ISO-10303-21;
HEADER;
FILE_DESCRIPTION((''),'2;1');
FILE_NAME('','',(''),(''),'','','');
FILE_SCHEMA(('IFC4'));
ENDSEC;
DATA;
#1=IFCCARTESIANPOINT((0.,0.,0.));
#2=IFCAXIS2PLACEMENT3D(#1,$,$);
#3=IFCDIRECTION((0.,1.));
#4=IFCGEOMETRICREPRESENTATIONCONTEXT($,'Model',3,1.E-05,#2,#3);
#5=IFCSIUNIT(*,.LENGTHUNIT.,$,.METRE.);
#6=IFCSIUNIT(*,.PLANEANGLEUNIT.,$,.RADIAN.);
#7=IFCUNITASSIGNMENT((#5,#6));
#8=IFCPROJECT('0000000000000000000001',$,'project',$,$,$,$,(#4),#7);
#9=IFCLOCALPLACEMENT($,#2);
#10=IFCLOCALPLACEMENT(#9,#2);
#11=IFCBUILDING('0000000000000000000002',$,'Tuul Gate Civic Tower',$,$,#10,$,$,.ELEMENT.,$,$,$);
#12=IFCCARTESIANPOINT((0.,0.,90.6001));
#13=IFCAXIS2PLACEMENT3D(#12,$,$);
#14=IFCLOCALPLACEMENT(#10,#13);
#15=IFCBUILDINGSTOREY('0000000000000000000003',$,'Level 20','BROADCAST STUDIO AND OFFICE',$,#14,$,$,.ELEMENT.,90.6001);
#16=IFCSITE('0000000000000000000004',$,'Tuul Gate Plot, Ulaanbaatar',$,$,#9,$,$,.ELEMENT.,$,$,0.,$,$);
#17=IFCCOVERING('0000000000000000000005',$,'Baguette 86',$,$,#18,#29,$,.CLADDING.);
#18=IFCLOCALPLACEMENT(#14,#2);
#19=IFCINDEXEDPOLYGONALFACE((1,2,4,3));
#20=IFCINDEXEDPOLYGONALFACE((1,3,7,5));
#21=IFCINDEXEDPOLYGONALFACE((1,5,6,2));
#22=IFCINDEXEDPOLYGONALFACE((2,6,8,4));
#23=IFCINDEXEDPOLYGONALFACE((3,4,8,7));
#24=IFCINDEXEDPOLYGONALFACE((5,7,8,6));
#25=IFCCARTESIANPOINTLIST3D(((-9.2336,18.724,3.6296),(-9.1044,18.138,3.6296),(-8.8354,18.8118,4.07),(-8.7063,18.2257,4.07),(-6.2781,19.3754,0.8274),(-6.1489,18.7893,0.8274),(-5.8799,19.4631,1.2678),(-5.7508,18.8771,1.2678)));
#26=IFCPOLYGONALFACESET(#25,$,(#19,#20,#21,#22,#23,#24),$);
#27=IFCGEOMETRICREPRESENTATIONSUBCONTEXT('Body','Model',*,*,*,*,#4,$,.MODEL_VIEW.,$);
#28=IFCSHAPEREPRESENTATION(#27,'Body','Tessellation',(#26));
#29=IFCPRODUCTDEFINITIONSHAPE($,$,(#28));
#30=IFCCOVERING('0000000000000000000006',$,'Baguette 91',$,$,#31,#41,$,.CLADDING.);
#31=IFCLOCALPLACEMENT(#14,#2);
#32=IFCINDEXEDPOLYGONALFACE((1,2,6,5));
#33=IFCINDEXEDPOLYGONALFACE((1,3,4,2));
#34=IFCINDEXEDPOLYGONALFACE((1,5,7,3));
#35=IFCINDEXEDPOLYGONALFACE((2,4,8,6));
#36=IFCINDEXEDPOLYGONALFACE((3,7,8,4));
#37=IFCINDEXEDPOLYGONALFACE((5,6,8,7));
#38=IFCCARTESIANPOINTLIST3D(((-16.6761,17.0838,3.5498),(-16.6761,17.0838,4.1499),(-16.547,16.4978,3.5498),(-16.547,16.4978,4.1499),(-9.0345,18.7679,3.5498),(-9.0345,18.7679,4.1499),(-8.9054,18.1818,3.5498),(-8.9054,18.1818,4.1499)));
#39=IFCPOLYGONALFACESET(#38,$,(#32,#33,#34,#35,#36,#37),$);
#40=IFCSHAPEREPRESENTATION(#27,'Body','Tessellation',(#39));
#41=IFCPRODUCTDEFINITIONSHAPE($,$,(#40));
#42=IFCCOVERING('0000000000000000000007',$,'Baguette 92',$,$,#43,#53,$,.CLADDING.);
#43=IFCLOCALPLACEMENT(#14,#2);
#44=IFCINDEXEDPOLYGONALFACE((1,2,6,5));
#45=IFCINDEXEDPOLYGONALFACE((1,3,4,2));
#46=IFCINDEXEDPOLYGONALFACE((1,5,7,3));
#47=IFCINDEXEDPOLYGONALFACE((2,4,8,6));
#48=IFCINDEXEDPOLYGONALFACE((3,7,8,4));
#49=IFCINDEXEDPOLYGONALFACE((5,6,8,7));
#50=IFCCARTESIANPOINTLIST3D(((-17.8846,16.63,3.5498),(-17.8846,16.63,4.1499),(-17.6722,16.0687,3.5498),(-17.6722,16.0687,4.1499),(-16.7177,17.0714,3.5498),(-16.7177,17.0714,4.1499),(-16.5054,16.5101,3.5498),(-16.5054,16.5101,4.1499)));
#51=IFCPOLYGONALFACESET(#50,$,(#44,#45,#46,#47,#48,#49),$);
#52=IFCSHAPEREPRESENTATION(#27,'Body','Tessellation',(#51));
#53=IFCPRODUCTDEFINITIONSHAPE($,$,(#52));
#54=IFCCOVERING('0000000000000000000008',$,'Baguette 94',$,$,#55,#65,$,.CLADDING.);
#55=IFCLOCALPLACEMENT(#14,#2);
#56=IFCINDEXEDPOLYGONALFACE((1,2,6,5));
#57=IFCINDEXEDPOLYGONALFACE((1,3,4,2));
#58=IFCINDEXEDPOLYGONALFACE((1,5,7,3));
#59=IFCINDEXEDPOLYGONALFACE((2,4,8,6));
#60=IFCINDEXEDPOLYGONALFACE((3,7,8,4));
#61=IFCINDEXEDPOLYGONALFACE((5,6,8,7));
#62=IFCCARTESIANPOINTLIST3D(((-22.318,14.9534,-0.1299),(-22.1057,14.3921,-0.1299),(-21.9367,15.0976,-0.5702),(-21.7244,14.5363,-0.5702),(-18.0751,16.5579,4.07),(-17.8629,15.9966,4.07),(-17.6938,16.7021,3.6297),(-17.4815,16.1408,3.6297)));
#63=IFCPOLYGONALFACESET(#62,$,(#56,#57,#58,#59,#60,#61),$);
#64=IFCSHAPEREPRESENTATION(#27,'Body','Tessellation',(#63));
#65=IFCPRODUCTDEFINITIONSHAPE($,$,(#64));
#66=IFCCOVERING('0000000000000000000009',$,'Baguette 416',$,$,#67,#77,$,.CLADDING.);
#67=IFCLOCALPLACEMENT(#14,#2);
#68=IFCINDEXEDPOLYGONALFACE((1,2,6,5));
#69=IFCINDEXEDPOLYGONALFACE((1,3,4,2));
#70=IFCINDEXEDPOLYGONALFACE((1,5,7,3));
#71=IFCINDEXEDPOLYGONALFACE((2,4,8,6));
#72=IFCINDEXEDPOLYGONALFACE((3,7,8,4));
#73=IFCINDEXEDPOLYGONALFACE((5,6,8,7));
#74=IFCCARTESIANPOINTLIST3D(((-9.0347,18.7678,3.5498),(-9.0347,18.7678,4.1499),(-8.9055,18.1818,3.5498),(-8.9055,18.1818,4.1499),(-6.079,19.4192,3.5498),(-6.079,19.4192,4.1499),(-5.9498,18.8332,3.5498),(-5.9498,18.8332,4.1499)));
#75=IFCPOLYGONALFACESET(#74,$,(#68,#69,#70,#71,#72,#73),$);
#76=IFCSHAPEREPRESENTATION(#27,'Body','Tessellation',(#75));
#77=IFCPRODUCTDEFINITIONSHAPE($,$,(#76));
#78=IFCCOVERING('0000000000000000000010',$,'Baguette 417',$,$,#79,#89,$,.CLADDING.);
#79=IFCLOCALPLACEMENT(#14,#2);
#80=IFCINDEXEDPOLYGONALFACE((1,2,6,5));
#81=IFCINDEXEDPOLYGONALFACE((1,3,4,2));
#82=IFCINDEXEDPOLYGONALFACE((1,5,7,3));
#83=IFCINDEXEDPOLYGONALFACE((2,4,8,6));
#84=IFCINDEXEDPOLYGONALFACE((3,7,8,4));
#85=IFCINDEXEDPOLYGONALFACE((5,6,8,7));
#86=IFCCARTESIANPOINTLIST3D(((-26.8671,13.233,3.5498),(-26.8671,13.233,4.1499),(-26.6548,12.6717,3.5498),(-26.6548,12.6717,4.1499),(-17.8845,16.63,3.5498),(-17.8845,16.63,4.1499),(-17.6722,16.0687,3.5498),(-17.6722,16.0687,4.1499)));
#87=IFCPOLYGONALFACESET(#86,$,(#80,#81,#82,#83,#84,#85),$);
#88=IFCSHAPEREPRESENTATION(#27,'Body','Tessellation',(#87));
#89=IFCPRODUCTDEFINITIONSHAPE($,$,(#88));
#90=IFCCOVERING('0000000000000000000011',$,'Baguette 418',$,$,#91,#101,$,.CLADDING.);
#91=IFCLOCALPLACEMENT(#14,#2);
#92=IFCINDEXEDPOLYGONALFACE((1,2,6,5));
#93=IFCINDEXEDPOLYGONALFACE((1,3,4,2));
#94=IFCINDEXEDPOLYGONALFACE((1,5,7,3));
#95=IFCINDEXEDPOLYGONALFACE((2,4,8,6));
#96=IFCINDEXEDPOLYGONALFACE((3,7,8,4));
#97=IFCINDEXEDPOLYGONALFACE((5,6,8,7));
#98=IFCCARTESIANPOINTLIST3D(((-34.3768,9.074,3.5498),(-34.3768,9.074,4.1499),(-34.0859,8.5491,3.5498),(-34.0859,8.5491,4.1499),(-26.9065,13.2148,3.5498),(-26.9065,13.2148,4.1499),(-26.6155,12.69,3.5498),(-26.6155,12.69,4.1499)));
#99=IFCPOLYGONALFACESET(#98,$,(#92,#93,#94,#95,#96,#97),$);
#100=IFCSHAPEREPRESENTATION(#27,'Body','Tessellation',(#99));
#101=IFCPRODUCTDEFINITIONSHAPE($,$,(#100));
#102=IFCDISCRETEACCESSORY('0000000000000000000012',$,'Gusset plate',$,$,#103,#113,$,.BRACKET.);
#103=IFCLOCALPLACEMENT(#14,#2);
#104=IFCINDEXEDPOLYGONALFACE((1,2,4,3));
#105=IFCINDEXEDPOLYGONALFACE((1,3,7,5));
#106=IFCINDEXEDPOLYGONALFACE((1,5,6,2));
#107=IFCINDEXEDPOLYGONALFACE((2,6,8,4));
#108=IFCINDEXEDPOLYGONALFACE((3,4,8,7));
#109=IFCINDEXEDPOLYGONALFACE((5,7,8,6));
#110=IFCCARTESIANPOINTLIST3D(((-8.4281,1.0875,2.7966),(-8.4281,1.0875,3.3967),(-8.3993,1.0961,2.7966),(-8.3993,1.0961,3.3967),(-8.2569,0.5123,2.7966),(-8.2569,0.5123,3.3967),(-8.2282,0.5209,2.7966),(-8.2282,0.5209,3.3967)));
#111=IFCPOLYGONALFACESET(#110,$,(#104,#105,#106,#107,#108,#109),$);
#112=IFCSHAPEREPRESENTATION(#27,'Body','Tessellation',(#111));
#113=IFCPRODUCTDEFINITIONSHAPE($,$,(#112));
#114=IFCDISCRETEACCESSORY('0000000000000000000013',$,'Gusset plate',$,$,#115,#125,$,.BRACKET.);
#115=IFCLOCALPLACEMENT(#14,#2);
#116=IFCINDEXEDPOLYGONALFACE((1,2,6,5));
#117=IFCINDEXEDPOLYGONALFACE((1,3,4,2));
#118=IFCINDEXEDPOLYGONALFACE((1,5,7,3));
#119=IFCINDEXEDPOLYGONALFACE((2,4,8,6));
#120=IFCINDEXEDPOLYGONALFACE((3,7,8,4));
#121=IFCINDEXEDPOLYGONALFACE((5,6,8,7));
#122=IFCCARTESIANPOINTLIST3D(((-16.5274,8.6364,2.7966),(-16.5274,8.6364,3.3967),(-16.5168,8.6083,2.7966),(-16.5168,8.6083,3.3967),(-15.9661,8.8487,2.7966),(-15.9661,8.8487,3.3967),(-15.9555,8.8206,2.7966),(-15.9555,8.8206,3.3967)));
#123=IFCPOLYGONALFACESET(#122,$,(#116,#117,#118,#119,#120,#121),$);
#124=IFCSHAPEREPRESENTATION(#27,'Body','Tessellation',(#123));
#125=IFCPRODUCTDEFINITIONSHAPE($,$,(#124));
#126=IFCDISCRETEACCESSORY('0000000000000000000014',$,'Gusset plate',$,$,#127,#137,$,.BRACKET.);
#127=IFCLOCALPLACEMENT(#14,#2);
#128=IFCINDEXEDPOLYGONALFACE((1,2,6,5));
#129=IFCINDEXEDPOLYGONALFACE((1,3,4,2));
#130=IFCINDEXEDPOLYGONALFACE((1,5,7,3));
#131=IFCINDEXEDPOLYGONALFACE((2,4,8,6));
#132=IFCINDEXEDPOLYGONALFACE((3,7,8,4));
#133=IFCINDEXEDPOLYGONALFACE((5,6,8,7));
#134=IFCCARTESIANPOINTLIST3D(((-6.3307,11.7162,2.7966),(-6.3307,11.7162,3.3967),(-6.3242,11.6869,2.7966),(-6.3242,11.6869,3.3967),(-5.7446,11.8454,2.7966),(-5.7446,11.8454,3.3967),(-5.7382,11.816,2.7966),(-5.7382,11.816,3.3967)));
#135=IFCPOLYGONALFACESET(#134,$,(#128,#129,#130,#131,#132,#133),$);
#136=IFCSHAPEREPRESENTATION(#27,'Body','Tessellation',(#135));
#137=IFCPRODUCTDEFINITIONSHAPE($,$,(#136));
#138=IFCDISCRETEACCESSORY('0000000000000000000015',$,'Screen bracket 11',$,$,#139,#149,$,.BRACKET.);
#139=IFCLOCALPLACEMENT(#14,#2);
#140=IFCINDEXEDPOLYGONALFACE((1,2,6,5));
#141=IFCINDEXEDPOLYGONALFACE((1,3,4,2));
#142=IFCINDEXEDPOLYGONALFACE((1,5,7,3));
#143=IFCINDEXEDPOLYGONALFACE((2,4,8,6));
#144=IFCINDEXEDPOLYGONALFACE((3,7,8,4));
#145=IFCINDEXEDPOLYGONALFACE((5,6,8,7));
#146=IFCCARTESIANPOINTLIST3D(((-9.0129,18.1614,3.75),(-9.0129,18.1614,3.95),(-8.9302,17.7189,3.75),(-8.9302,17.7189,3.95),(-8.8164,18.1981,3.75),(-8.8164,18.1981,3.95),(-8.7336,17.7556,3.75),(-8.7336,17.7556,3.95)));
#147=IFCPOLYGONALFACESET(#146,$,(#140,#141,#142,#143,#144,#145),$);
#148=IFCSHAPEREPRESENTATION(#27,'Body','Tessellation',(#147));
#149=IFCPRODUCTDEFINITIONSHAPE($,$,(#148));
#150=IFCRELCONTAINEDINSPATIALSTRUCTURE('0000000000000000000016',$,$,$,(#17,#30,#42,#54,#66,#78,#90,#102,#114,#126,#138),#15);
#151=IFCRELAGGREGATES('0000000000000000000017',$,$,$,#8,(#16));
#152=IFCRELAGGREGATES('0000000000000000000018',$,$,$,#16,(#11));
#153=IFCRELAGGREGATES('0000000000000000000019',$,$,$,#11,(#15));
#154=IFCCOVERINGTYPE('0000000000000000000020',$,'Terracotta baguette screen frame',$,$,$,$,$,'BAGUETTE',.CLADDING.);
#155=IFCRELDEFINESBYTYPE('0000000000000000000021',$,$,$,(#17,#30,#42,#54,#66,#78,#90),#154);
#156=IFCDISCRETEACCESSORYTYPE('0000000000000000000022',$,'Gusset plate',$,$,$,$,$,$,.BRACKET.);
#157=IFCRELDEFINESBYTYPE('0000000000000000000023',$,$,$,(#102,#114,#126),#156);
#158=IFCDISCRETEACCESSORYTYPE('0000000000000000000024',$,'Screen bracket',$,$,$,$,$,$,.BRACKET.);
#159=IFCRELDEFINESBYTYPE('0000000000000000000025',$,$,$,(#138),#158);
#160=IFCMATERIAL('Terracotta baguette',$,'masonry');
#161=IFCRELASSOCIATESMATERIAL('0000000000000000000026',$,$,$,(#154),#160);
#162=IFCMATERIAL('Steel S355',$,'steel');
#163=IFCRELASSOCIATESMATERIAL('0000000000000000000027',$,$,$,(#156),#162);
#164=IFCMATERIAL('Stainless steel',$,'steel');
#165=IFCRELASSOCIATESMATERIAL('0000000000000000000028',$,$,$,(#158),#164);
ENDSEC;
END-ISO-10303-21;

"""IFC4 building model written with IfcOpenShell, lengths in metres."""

from ifc_helpers import new_model, si_unit, direction, frame, origin, origin_2d, place, context, subcontext, project, spatial, rectangle, extrude, material, material_profile, profile_set, type_object, element, save


model = new_model("IFC4")

# Units and contexts
model_context = context("Model", 3, precision=1e-05, world=origin(), true_north=direction((0.0, 1.0)))
body_context = subcontext(model_context, "Body", "Model", "MODEL_VIEW")
ifc_project = project(units=[si_unit("LENGTHUNIT", "METRE"), si_unit("PLANEANGLEUNIT", "RADIAN")], contexts=[model_context])

# Site, building, storey
site_placement = place(None, origin())
site = spatial("IfcSite", under=ifc_project, at=site_placement, Name="Tuul Gate Plot, Ulaanbaatar", CompositionType="ELEMENT", RefElevation=0.0)
building_placement = place(site_placement, origin())
building = spatial("IfcBuilding", under=site, at=building_placement, Name="Tuul Gate Civic Tower", CompositionType="ELEMENT")
storey_placement = place(building_placement, frame((0.0, 0.0, 90.6001)))
storey = spatial("IfcBuildingStorey", under=building, at=storey_placement, Name="Level 20", Description="BROADCAST STUDIO AND OFFICE", CompositionType="ELEMENT", Elevation=90.6001)

# Coverings
ifc_material_1 = material(Name="Terracotta baguette", Category="masonry")
ifc_material_profile_1 = material_profile(ifc_material_1, rectangle(XDim=0.6001, YDim=0.6001, at=origin_2d()), Name="Terracotta baguette screen frame")
ifc_profile_set_1 = profile_set([ifc_material_profile_1], Name="Terracotta baguette")
covering_type = type_object("IfcCoveringType", Name="Terracotta baguette screen frame", ElementType="BAGUETTE", PredefinedType="CLADDING", material=ifc_profile_set_1)
covering_1_placement = place(storey_placement, frame((-6.0144, 19.1262, 1.0476), z_axis=(-0.716572, -0.157923, 0.6794), x_axis=(0.215222, -0.976565, 0.0)))
element("IfcCovering", 1, at=covering_1_placement, inside=storey, type_object=covering_type, Name="Baguette 86", PredefinedType="CLADDING", context=body_context, shape_type="SweptSolid", body=[
    extrude(rectangle(XDim=0.6001, YDim=0.6001, at=origin_2d()), origin(), (0.0, 0.0, 1.0), 4.1245),
])
covering_2_placement = place(storey_placement, frame((-8.97, 18.4749, 3.8499), z_axis=(-0.976566, -0.215219, 0.0), x_axis=(0.215219, -0.976566, 0.0)))
element("IfcCovering", 2, at=covering_2_placement, inside=storey, type_object=covering_type, Name="Baguette 91", PredefinedType="CLADDING", context=body_context, shape_type="SweptSolid", body=[
    extrude(rectangle(XDim=0.6001, YDim=0.6001, at=origin_2d()), origin(), (0.0, 0.0, 1.0), 7.825),
])
covering_3_placement = place(storey_placement, frame((-16.6116, 16.7908, 3.8499), z_axis=(-0.935304, -0.353846, 0.0), x_axis=(0.353846, -0.935304, 0.0)))
element("IfcCovering", 3, at=covering_3_placement, inside=storey, type_object=covering_type, Name="Baguette 92", PredefinedType="CLADDING", context=body_context, shape_type="SweptSolid", body=[
    extrude(rectangle(XDim=0.6001, YDim=0.6001, at=origin_2d()), origin(), (0.0, 0.0, 1.0), 1.2476),
])
covering_4_placement = place(storey_placement, frame((-17.7783, 16.3494, 3.8499), z_axis=(-0.686341, -0.259545, -0.679391), x_axis=(0.353711, -0.935355, 0.0)))
element("IfcCovering", 4, at=covering_4_placement, inside=storey, type_object=covering_type, Name="Baguette 94", PredefinedType="CLADDING", context=body_context, shape_type="SweptSolid", body=[
    extrude(rectangle(XDim=0.6001, YDim=0.6001, at=origin_2d()), origin(), (0.0, 0.0, 1.0), 6.1819),
])
covering_5_placement = place(storey_placement, frame((-6.0144, 19.1262, 3.8499), z_axis=(-0.976565, -0.215222, 0.0), x_axis=(0.215222, -0.976565, 0.0)))
element("IfcCovering", 5, at=covering_5_placement, inside=storey, type_object=covering_type, Name="Baguette 416", PredefinedType="CLADDING", context=body_context, shape_type="SweptSolid", body=[
    extrude(rectangle(XDim=0.6001, YDim=0.6001, at=origin_2d()), origin(), (0.0, 0.0, 1.0), 3.0266),
])
covering_6_placement = place(storey_placement, frame((-17.7783, 16.3494, 3.8499), z_axis=(-0.935351, -0.353721, 0.0), x_axis=(0.353721, -0.935351, 0.0)))
element("IfcCovering", 6, at=covering_6_placement, inside=storey, type_object=covering_type, Name="Baguette 417", PredefinedType="CLADDING", context=body_context, shape_type="SweptSolid", body=[
    extrude(rectangle(XDim=0.6001, YDim=0.6001, at=origin_2d()), origin(), (0.0, 0.0, 1.0), 9.6035),
])
covering_7_placement = place(storey_placement, frame((-26.761, 12.9524, 3.8499), z_axis=(-0.874623, -0.484803, 0.0), x_axis=(0.484803, -0.874623, 0.0)))
element("IfcCovering", 7, at=covering_7_placement, inside=storey, type_object=covering_type, Name="Baguette 418", PredefinedType="CLADDING", context=body_context, shape_type="SweptSolid", body=[
    extrude(rectangle(XDim=0.6001, YDim=0.6001, at=origin_2d()), origin(), (0.0, 0.0, 1.0), 8.5413),
])

# Discrete accessories
ifc_material_2 = material(Name="Steel S355", Category="steel")
discrete_accessory_type_1 = type_object("IfcDiscreteAccessoryType", Name="Gusset plate", PredefinedType="BRACKET", material=ifc_material_2)
for number, where, z_axis, x_axis, name in (
    (8, (-8.3281, 0.8042, 2.7966), (0.0, 0.0, 1.0), (-0.285212, 0.958464, 0.0), "Gusset plate"),
    (9, (-16.2415, 8.7285, 2.7966), (0.0, 0.0, 1.0), (0.935344, 0.353739, 0.0), "Gusset plate"),
    (10, (-6.0344, 11.7661, 2.7966), (0.0, 0.0, 1.0), (0.976565, 0.215224, 0.0), "Gusset plate"),
):
    element("IfcDiscreteAccessory", number, at=place(storey_placement, frame(where, z_axis=z_axis, x_axis=x_axis)), inside=storey, type_object=discrete_accessory_type_1, Name=name, PredefinedType="BRACKET", context=body_context, shape_type="SweptSolid", body=[
        extrude(rectangle(XDim=0.6001, YDim=0.03, at=origin_2d()), origin(), (0.0, 0.0, 1.0), 0.6001),
    ])
ifc_material_3 = material(Name="Stainless steel", Category="steel")
discrete_accessory_type_2 = type_object("IfcDiscreteAccessoryType", Name="Screen bracket", PredefinedType="BRACKET", material=ifc_material_3)
discrete_accessory_placement = place(storey_placement, frame((-8.8733, 17.9585, 3.75), z_axis=(0.0, 0.0, 1.0), x_axis=(-0.183848, 0.982955, 0.0)))
element("IfcDiscreteAccessory", 11, at=discrete_accessory_placement, inside=storey, type_object=discrete_accessory_type_2, Name="Screen bracket 11", PredefinedType="BRACKET", context=body_context, shape_type="SweptSolid", body=[
    extrude(rectangle(XDim=0.4502, YDim=0.2, at=origin_2d()), origin(), (0.0, 0.0, 1.0), 0.2),
])

save(model, "model.ifc")
